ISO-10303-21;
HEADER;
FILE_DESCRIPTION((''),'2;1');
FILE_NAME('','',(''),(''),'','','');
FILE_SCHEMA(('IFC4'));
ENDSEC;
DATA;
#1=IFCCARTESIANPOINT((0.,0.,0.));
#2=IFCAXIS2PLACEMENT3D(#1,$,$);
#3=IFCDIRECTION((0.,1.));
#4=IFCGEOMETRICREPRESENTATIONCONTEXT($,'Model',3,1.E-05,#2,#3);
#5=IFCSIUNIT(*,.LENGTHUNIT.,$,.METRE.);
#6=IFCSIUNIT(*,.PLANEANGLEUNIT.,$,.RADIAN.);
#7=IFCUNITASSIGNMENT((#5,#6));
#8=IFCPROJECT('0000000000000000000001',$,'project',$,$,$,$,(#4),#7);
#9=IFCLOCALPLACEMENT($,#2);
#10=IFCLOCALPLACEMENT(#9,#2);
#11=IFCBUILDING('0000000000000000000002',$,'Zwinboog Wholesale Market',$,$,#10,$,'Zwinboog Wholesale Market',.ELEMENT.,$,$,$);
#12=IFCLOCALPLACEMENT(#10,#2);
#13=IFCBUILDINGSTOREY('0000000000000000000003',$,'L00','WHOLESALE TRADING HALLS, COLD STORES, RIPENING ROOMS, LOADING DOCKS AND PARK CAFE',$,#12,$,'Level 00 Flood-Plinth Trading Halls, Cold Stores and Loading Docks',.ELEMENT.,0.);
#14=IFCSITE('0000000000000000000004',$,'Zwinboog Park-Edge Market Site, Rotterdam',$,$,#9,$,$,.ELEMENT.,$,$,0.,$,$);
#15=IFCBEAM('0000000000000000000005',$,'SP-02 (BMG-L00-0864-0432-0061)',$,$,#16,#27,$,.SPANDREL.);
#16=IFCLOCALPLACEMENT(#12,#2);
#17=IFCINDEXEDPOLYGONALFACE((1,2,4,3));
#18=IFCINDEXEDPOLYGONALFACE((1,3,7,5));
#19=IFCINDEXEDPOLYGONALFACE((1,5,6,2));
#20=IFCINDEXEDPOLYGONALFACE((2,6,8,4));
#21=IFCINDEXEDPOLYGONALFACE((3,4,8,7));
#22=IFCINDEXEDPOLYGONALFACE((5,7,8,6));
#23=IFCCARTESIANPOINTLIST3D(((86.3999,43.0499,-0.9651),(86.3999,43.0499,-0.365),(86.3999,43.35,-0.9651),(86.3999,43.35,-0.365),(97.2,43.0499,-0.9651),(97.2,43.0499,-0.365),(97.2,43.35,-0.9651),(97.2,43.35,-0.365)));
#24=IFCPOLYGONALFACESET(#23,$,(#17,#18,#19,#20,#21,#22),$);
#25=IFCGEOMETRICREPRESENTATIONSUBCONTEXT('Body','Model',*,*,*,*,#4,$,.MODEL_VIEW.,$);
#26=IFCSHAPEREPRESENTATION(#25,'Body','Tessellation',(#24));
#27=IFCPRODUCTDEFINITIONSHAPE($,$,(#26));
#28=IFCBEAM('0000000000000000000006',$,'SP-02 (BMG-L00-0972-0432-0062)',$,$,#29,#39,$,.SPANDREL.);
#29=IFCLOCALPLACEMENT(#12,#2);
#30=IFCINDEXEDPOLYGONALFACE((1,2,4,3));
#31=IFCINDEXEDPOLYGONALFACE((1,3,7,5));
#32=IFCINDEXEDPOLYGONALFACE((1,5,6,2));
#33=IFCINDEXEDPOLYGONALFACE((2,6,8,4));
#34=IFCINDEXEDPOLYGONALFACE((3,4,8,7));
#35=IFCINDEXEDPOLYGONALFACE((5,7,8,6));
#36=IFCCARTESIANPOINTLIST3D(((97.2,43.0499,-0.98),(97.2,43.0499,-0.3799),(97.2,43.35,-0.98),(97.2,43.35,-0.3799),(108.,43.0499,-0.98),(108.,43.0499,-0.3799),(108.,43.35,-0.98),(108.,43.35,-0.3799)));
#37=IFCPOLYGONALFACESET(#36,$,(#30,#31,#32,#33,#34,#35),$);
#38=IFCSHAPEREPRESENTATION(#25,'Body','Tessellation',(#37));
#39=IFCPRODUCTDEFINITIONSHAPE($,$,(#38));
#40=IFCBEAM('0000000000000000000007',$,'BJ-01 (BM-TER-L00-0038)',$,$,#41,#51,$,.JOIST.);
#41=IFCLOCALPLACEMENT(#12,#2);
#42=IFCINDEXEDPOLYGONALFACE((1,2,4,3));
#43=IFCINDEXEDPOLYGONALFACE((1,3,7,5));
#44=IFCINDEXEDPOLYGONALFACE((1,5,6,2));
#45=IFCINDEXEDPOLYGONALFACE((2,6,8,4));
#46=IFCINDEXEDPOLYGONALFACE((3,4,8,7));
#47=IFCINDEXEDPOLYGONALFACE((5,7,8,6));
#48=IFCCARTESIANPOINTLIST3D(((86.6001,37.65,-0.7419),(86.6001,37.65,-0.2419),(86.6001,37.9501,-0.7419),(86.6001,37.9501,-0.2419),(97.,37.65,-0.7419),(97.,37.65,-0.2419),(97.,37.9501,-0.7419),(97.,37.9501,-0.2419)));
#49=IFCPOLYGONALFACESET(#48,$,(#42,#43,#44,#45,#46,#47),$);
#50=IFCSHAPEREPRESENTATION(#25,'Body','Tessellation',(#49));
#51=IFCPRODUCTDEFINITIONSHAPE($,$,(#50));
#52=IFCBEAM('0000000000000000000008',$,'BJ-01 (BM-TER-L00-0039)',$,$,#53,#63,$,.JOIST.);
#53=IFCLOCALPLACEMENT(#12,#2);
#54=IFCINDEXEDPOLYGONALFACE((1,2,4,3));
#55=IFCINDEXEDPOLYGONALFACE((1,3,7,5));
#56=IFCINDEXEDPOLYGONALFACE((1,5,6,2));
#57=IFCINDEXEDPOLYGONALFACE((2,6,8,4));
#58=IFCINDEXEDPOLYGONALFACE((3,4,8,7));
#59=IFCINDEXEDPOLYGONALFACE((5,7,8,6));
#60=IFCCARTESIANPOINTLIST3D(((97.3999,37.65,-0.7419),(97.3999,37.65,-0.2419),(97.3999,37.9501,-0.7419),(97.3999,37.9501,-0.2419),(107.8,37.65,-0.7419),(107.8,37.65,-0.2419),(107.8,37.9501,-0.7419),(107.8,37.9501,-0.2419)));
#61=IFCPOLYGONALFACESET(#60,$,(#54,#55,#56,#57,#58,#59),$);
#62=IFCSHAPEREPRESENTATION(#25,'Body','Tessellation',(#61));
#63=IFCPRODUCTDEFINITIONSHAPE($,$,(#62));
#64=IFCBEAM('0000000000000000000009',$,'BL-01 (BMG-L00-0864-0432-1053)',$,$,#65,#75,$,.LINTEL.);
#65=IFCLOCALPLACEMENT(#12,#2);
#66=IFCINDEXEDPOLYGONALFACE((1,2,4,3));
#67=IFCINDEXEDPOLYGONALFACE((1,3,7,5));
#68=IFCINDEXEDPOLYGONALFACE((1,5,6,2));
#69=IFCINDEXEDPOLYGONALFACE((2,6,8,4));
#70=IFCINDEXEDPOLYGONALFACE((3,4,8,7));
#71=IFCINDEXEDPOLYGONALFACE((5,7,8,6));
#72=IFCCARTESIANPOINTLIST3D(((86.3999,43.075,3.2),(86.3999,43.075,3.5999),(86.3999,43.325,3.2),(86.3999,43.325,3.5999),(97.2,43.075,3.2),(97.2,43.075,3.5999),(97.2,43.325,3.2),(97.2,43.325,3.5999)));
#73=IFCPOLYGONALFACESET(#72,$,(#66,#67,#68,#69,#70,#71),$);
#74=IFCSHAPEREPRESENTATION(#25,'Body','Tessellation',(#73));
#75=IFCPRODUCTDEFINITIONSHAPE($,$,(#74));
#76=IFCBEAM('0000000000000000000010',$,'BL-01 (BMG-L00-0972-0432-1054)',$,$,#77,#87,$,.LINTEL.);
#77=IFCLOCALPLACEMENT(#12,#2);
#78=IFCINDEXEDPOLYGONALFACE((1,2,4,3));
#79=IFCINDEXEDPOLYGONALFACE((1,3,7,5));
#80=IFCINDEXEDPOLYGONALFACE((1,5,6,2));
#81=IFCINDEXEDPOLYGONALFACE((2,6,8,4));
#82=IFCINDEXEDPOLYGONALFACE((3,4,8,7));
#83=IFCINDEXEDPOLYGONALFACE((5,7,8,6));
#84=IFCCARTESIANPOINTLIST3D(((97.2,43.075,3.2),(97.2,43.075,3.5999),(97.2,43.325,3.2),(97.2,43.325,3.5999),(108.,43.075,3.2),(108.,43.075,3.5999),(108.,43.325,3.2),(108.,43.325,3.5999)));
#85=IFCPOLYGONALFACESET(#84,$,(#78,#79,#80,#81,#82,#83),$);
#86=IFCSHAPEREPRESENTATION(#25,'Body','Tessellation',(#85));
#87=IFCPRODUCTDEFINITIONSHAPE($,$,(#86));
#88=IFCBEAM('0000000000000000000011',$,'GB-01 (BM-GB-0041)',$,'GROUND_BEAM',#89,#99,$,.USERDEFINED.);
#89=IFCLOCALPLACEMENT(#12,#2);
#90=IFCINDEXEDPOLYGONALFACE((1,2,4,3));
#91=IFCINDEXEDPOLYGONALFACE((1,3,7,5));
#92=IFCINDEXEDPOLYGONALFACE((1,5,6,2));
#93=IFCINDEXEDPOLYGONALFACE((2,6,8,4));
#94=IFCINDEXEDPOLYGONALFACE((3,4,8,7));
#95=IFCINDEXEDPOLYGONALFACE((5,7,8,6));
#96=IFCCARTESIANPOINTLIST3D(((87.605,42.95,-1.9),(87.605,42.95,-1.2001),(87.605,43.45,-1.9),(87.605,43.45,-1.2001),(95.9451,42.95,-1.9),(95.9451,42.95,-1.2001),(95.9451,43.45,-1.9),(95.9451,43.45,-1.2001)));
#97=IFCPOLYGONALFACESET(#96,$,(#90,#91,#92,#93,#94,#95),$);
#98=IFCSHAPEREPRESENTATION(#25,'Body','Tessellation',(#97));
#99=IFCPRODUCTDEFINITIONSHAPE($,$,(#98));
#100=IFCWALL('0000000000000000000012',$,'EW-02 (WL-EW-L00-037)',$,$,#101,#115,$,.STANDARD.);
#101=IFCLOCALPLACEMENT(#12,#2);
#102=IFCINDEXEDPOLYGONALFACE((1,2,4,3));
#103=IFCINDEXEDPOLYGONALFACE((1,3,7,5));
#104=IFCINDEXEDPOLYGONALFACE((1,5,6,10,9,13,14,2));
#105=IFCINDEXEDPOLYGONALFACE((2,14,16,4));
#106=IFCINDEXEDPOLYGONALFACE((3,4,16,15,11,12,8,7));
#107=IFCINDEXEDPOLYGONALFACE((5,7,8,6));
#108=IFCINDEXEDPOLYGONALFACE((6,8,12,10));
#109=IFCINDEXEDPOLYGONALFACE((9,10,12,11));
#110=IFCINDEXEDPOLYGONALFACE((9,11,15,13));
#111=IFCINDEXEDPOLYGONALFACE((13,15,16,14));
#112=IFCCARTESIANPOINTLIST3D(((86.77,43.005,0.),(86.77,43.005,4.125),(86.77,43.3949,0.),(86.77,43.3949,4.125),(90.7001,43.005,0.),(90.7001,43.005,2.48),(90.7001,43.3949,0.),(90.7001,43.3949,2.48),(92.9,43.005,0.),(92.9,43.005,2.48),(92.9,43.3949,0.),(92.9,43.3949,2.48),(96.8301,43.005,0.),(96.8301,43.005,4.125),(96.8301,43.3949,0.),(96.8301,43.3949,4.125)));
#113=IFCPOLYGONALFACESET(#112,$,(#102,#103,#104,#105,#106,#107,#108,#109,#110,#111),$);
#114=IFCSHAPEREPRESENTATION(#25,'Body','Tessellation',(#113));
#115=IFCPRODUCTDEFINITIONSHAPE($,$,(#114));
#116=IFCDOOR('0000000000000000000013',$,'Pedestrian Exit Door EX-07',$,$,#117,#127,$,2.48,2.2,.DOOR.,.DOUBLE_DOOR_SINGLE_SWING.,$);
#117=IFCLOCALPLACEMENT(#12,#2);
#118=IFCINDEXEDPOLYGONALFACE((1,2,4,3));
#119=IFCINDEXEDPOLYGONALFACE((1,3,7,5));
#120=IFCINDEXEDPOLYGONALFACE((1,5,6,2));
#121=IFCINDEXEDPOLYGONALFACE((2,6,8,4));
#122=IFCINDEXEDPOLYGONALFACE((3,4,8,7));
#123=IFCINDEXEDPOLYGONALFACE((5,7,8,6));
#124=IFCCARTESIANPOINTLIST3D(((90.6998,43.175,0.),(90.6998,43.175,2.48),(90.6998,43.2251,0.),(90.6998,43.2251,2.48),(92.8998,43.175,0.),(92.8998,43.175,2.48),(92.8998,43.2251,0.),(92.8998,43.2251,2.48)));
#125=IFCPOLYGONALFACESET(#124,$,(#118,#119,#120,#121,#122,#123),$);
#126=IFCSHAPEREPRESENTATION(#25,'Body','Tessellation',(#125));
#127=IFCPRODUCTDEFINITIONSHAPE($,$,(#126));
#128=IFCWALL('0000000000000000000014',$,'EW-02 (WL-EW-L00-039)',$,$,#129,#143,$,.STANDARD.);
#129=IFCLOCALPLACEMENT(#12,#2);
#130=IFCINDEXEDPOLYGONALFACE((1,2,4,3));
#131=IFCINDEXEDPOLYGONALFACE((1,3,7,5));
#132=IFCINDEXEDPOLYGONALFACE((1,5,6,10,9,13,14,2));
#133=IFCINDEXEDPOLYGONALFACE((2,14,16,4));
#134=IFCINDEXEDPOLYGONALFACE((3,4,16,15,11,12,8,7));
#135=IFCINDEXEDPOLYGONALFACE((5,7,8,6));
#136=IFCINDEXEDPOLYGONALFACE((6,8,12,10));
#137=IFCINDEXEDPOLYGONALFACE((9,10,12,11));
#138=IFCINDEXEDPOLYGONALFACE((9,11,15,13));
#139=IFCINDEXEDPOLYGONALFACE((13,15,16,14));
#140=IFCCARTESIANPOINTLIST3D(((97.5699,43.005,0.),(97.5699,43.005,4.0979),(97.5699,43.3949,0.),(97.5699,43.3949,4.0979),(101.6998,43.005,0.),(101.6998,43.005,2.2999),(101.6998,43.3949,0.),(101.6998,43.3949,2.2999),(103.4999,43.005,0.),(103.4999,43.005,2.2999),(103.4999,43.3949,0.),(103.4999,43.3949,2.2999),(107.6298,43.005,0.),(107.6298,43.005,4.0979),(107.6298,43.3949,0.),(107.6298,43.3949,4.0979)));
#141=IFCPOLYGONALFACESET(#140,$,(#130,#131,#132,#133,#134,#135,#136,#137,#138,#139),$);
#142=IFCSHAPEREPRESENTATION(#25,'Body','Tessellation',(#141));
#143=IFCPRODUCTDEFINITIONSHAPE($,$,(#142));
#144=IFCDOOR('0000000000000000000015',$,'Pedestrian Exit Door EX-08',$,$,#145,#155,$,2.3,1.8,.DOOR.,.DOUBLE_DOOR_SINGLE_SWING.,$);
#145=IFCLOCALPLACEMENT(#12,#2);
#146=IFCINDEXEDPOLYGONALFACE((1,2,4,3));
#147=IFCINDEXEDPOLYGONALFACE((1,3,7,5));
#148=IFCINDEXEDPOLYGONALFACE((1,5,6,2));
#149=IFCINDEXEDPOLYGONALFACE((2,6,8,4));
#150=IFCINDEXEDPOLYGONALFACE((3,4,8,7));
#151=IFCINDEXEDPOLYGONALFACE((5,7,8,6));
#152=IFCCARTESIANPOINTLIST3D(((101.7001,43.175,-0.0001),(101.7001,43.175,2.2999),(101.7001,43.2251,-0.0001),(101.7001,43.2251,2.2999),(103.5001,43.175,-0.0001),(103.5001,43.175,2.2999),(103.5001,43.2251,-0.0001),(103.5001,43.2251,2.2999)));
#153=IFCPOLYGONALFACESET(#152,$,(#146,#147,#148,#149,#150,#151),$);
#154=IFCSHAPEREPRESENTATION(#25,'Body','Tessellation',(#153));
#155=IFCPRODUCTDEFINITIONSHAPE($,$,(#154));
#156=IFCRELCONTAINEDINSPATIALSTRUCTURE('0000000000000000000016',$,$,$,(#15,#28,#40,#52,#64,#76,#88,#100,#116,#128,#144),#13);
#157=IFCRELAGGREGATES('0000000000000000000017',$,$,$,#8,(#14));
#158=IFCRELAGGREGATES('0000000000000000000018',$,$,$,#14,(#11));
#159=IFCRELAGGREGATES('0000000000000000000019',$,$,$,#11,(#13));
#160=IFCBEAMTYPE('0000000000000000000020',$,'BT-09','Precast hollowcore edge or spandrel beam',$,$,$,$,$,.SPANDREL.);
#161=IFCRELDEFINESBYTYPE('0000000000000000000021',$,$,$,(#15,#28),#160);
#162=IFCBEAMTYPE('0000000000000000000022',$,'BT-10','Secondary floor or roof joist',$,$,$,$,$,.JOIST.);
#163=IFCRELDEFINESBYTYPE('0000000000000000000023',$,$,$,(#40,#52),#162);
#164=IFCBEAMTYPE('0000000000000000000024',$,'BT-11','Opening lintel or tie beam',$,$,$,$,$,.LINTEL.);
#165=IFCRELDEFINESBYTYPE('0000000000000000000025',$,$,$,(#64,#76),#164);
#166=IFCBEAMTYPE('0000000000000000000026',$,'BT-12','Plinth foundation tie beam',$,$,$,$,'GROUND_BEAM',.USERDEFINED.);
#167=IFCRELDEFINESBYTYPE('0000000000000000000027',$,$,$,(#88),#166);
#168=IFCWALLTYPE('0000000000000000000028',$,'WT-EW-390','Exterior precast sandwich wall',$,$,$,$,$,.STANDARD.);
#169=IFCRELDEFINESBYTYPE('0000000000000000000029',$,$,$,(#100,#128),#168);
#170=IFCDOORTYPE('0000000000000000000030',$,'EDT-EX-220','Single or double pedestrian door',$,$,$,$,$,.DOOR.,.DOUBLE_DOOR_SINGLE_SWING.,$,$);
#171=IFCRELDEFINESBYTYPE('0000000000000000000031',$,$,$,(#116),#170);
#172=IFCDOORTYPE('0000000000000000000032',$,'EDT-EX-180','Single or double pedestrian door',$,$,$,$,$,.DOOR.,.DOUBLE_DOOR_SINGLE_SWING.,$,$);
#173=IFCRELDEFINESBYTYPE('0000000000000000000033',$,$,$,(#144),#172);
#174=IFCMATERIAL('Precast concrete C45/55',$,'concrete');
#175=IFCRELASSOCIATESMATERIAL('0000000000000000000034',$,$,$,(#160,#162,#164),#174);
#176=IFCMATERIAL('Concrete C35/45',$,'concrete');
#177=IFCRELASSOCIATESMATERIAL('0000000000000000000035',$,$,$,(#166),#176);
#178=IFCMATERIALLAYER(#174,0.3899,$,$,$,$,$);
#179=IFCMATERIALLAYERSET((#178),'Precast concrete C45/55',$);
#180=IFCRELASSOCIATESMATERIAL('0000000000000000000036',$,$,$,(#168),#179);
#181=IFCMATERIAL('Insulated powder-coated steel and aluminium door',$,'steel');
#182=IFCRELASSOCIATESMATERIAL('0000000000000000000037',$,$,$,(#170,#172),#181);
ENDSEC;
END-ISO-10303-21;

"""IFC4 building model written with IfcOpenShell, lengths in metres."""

from ifc_helpers import new_model, si_unit, direction, frame, frame_2d, origin, origin_2d, place, context, subcontext, project, spatial, rectangle, extrude, material, layer, layer_set, material_profile, profile_set, type_object, element, fill, save


model = new_model("IFC4")

# Units and contexts
model_context = context("Model", 3, precision=1e-05, world=origin(), true_north=direction((0.0, 1.0)))
body_context = subcontext(model_context, "Body", "Model", "MODEL_VIEW")
ifc_project = project(units=[si_unit("LENGTHUNIT", "METRE"), si_unit("PLANEANGLEUNIT", "RADIAN")], contexts=[model_context])

# Site, building, storey
site_placement = place(None, origin())
site = spatial("IfcSite", under=ifc_project, at=site_placement, Name="Zwinboog Park-Edge Market Site, Rotterdam", CompositionType="ELEMENT", RefElevation=0.0)
building_placement = place(site_placement, origin())
building = spatial("IfcBuilding", under=site, at=building_placement, Name="Zwinboog Wholesale Market", LongName="Zwinboog Wholesale Market", CompositionType="ELEMENT")
storey_placement = place(building_placement, origin())
storey = spatial("IfcBuildingStorey", under=building, at=storey_placement, Name="L00", Description="WHOLESALE TRADING HALLS, COLD STORES, RIPENING ROOMS, LOADING DOCKS AND PARK CAFE", LongName="Level 00 Flood-Plinth Trading Halls, Cold Stores and Loading Docks", CompositionType="ELEMENT", Elevation=0.0)

# Shared definitions
ifc_material_1 = material(Name="Concrete C35/45", Category="concrete")

# Shared definitions
ifc_material_2 = material(Name="Precast concrete C45/55", Category="concrete")

# Beams
ifc_material_profile_1 = material_profile(ifc_material_2, rectangle(XDim=0.3, YDim=0.6001, at=origin_2d()), Name="PC 300x600")
ifc_profile_set_1 = profile_set([ifc_material_profile_1], Name="Precast concrete C45/55")
beam_type_1 = type_object("IfcBeamType", Name="BT-09", Description="Precast hollowcore edge or spandrel beam", PredefinedType="SPANDREL", material=ifc_profile_set_1)
for number, where, z_axis, x_axis, name in (
    (1, (86.3999, 43.2, -0.665), (1.0, 0.0, 0.0), (0.0, 1.0, 0.0), "SP-02 (BMG-L00-0864-0432-0061)"),
    (2, (97.2, 43.2, -0.6799), (1.0, 0.0, 0.0), (0.0, 1.0, 0.0), "SP-02 (BMG-L00-0972-0432-0062)"),
):
    element("IfcBeam", number, at=place(storey_placement, frame(where, z_axis=z_axis, x_axis=x_axis)), inside=storey, type_object=beam_type_1, Name=name, PredefinedType="SPANDREL", context=body_context, shape_type="SweptSolid", body=[
        extrude(rectangle(XDim=0.3, YDim=0.6001, at=origin_2d()), origin(), (0.0, 0.0, 1.0), 10.8),
    ])
ifc_material_profile_2 = material_profile(ifc_material_2, rectangle(XDim=0.3, YDim=0.5, at=origin_2d()), Name="PC 300x500")
ifc_profile_set_2 = profile_set([ifc_material_profile_2], Name="Precast concrete C45/55")
beam_type_2 = type_object("IfcBeamType", Name="BT-10", Description="Secondary floor or roof joist", PredefinedType="JOIST", material=ifc_profile_set_2)
beam_1_placement = place(storey_placement, frame((86.6001, 37.8, -0.4919), z_axis=(1.0, 0.0, 0.0), x_axis=(0.0, 1.0, 0.0)))
element("IfcBeam", 3, at=beam_1_placement, inside=storey, type_object=beam_type_2, Name="BJ-01 (BM-TER-L00-0038)", PredefinedType="JOIST", context=body_context, shape_type="SweptSolid", body=[
    extrude(rectangle(XDim=0.3, YDim=0.5, at=origin_2d()), origin(), (0.0, 0.0, 1.0), 10.3999),
])
beam_2_placement = place(storey_placement, frame((97.3999, 37.8, -0.4919), z_axis=(1.0, 0.0, 0.0), x_axis=(0.0, 1.0, 0.0)))
element("IfcBeam", 4, at=beam_2_placement, inside=storey, type_object=beam_type_2, Name="BJ-01 (BM-TER-L00-0039)", PredefinedType="JOIST", context=body_context, shape_type="SweptSolid", body=[
    extrude(rectangle(XDim=0.3, YDim=0.5, at=origin_2d()), origin(), (0.0, 0.0, 1.0), 10.4001),
])
ifc_material_profile_3 = material_profile(ifc_material_2, rectangle(XDim=0.25, YDim=0.3999, at=origin_2d()), Name="PC 250x400")
ifc_profile_set_3 = profile_set([ifc_material_profile_3], Name="Precast concrete C45/55")
beam_type_3 = type_object("IfcBeamType", Name="BT-11", Description="Opening lintel or tie beam", PredefinedType="LINTEL", material=ifc_profile_set_3)
for number, where, z_axis, x_axis, name in (
    (5, (86.3999, 43.2, 3.3999), (1.0, 0.0, 0.0), (0.0, 1.0, 0.0), "BL-01 (BMG-L00-0864-0432-1053)"),
    (6, (97.2, 43.2, 3.3999), (1.0, 0.0, 0.0), (0.0, 1.0, 0.0), "BL-01 (BMG-L00-0972-0432-1054)"),
):
    element("IfcBeam", number, at=place(storey_placement, frame(where, z_axis=z_axis, x_axis=x_axis)), inside=storey, type_object=beam_type_3, Name=name, PredefinedType="LINTEL", context=body_context, shape_type="SweptSolid", body=[
        extrude(rectangle(XDim=0.25, YDim=0.3999, at=origin_2d()), origin(), (0.0, 0.0, 1.0), 10.8),
    ])
ifc_material_profile_4 = material_profile(ifc_material_1, rectangle(XDim=0.5, YDim=0.7, at=origin_2d()), Name="RC 500x700")
ifc_profile_set_4 = profile_set([ifc_material_profile_4], Name="Concrete C35/45")
beam_type_4 = type_object("IfcBeamType", Name="BT-12", Description="Plinth foundation tie beam", ElementType="GROUND_BEAM", PredefinedType="USERDEFINED", material=ifc_profile_set_4)
beam_3_placement = place(storey_placement, frame((87.605, 43.2, -1.55), z_axis=(1.0, 0.0, 0.0), x_axis=(0.0, 1.0, 0.0)))
element("IfcBeam", 7, at=beam_3_placement, inside=storey, type_object=beam_type_4, Name="GB-01 (BM-GB-0041)", ObjectType="GROUND_BEAM", PredefinedType="USERDEFINED", context=body_context, shape_type="SweptSolid", body=[
    extrude(rectangle(XDim=0.5, YDim=0.7, at=origin_2d()), origin(), (0.0, 0.0, 1.0), 8.3401),
])

# Walls, openings, doors
ifc_layer_1 = layer(ifc_material_2, 0.3899)
ifc_layer_set_1 = layer_set([ifc_layer_1], Name="Precast concrete C45/55")
wall_type_1 = type_object("IfcWallType", Name="WT-EW-390", Description="Exterior precast sandwich wall", PredefinedType="STANDARD", material=ifc_layer_set_1)
wall_1_placement = place(storey_placement, frame((86.77, 43.2, 0.0), z_axis=(0.0, 0.0, 1.0), x_axis=(1.0, 0.0, 0.0)))
wall_1 = element("IfcWall", 8, at=wall_1_placement, inside=storey, type_object=wall_type_1, Name="EW-02 (WL-EW-L00-037)", PredefinedType="STANDARD", context=body_context, shape_type="SweptSolid", body=[
    extrude(rectangle(XDim=10.0601, YDim=0.3899, at=frame_2d((5.03, 0.0))), origin(), (0.0, 0.0, 1.0), 4.125),
])
opening_1_placement = place(wall_1_placement, frame((3.9299, 0.0, 0.0)))
opening_1 = element("IfcOpeningElement", 9, at=opening_1_placement, cuts=wall_1, PredefinedType="OPENING", context=body_context, shape_type="SweptSolid", body=[
    extrude(rectangle(XDim=2.2, YDim=2.48, at=frame_2d((1.1001, 1.24))), frame((0.0, 0.2048, 0.0), z_axis=(0.0, -1.0, 0.0), x_axis=(1.0, 0.0, 0.0)), (0.0, 0.0, 1.0), 0.4099),
])
ifc_material_3 = material(Name="Insulated powder-coated steel and aluminium door", Category="steel")
door_type_1 = type_object("IfcDoorType", Name="EDT-EX-220", Description="Single or double pedestrian door", OperationType="DOUBLE_DOOR_SINGLE_SWING", PredefinedType="DOOR", material=ifc_material_3)
door_1_placement = place(opening_1_placement, frame((2.2, 0.0, 0.0), z_axis=(0.0, 0.0, 1.0), x_axis=(-1.0, 0.0, 0.0)))
door_1 = element("IfcDoor", 10, at=door_1_placement, inside=storey, type_object=door_type_1, Name="Pedestrian Exit Door EX-07", OperationType="DOUBLE_DOOR_SINGLE_SWING", OverallHeight=2.48, OverallWidth=2.2, PredefinedType="DOOR", context=body_context, shape_type="SweptSolid", body=[
    extrude(rectangle(XDim=2.2, YDim=2.48, at=frame_2d((1.1001, 1.24))), frame((0.0, 0.0249, 0.0), z_axis=(0.0, -1.0, 0.0), x_axis=(1.0, 0.0, 0.0)), (0.0, 0.0, 1.0), 0.05),
])
fill(opening_1, door_1)
wall_2_placement = place(storey_placement, frame((97.5701, 43.2, 0.0), z_axis=(0.0, 0.0, 1.0), x_axis=(1.0, 0.0, 0.0)))
wall_2 = element("IfcWall", 11, at=wall_2_placement, inside=storey, type_object=wall_type_1, Name="EW-02 (WL-EW-L00-039)", PredefinedType="STANDARD", context=body_context, shape_type="SweptSolid", body=[
    extrude(rectangle(XDim=10.0598, YDim=0.3899, at=frame_2d((5.0298, 0.0))), origin(), (0.0, 0.0, 1.0), 4.0979),
])
opening_2_placement = place(wall_2_placement, frame((4.1299, 0.0, 0.0)))
opening_2 = element("IfcOpeningElement", 12, at=opening_2_placement, cuts=wall_2, PredefinedType="OPENING", context=body_context, shape_type="SweptSolid", body=[
    extrude(rectangle(XDim=1.8, YDim=2.3, at=frame_2d((0.8999, 1.1499))), frame((0.0, 0.2048, 0.0), z_axis=(0.0, -1.0, 0.0), x_axis=(1.0, 0.0, 0.0)), (0.0, 0.0, 1.0), 0.4099),
])
door_type_2 = type_object("IfcDoorType", Name="EDT-EX-180", Description="Single or double pedestrian door", OperationType="DOUBLE_DOOR_SINGLE_SWING", PredefinedType="DOOR", material=ifc_material_3)
door_2_placement = place(opening_2_placement, frame((1.8, 0.0, 0.0), z_axis=(0.0, 0.0, 1.0), x_axis=(-1.0, 0.0, 0.0)))
door_2 = element("IfcDoor", 13, at=door_2_placement, inside=storey, type_object=door_type_2, Name="Pedestrian Exit Door EX-08", OperationType="DOUBLE_DOOR_SINGLE_SWING", OverallHeight=2.3, OverallWidth=1.8, PredefinedType="DOOR", context=body_context, shape_type="SweptSolid", body=[
    extrude(rectangle(XDim=1.8, YDim=2.3, at=frame_2d((0.8999, 1.1499))), frame((0.0, 0.0249, 0.0), z_axis=(0.0, -1.0, 0.0), x_axis=(1.0, 0.0, 0.0)), (0.0, 0.0, 1.0), 0.05),
])
fill(opening_2, door_2)

save(model, "model.ifc")
